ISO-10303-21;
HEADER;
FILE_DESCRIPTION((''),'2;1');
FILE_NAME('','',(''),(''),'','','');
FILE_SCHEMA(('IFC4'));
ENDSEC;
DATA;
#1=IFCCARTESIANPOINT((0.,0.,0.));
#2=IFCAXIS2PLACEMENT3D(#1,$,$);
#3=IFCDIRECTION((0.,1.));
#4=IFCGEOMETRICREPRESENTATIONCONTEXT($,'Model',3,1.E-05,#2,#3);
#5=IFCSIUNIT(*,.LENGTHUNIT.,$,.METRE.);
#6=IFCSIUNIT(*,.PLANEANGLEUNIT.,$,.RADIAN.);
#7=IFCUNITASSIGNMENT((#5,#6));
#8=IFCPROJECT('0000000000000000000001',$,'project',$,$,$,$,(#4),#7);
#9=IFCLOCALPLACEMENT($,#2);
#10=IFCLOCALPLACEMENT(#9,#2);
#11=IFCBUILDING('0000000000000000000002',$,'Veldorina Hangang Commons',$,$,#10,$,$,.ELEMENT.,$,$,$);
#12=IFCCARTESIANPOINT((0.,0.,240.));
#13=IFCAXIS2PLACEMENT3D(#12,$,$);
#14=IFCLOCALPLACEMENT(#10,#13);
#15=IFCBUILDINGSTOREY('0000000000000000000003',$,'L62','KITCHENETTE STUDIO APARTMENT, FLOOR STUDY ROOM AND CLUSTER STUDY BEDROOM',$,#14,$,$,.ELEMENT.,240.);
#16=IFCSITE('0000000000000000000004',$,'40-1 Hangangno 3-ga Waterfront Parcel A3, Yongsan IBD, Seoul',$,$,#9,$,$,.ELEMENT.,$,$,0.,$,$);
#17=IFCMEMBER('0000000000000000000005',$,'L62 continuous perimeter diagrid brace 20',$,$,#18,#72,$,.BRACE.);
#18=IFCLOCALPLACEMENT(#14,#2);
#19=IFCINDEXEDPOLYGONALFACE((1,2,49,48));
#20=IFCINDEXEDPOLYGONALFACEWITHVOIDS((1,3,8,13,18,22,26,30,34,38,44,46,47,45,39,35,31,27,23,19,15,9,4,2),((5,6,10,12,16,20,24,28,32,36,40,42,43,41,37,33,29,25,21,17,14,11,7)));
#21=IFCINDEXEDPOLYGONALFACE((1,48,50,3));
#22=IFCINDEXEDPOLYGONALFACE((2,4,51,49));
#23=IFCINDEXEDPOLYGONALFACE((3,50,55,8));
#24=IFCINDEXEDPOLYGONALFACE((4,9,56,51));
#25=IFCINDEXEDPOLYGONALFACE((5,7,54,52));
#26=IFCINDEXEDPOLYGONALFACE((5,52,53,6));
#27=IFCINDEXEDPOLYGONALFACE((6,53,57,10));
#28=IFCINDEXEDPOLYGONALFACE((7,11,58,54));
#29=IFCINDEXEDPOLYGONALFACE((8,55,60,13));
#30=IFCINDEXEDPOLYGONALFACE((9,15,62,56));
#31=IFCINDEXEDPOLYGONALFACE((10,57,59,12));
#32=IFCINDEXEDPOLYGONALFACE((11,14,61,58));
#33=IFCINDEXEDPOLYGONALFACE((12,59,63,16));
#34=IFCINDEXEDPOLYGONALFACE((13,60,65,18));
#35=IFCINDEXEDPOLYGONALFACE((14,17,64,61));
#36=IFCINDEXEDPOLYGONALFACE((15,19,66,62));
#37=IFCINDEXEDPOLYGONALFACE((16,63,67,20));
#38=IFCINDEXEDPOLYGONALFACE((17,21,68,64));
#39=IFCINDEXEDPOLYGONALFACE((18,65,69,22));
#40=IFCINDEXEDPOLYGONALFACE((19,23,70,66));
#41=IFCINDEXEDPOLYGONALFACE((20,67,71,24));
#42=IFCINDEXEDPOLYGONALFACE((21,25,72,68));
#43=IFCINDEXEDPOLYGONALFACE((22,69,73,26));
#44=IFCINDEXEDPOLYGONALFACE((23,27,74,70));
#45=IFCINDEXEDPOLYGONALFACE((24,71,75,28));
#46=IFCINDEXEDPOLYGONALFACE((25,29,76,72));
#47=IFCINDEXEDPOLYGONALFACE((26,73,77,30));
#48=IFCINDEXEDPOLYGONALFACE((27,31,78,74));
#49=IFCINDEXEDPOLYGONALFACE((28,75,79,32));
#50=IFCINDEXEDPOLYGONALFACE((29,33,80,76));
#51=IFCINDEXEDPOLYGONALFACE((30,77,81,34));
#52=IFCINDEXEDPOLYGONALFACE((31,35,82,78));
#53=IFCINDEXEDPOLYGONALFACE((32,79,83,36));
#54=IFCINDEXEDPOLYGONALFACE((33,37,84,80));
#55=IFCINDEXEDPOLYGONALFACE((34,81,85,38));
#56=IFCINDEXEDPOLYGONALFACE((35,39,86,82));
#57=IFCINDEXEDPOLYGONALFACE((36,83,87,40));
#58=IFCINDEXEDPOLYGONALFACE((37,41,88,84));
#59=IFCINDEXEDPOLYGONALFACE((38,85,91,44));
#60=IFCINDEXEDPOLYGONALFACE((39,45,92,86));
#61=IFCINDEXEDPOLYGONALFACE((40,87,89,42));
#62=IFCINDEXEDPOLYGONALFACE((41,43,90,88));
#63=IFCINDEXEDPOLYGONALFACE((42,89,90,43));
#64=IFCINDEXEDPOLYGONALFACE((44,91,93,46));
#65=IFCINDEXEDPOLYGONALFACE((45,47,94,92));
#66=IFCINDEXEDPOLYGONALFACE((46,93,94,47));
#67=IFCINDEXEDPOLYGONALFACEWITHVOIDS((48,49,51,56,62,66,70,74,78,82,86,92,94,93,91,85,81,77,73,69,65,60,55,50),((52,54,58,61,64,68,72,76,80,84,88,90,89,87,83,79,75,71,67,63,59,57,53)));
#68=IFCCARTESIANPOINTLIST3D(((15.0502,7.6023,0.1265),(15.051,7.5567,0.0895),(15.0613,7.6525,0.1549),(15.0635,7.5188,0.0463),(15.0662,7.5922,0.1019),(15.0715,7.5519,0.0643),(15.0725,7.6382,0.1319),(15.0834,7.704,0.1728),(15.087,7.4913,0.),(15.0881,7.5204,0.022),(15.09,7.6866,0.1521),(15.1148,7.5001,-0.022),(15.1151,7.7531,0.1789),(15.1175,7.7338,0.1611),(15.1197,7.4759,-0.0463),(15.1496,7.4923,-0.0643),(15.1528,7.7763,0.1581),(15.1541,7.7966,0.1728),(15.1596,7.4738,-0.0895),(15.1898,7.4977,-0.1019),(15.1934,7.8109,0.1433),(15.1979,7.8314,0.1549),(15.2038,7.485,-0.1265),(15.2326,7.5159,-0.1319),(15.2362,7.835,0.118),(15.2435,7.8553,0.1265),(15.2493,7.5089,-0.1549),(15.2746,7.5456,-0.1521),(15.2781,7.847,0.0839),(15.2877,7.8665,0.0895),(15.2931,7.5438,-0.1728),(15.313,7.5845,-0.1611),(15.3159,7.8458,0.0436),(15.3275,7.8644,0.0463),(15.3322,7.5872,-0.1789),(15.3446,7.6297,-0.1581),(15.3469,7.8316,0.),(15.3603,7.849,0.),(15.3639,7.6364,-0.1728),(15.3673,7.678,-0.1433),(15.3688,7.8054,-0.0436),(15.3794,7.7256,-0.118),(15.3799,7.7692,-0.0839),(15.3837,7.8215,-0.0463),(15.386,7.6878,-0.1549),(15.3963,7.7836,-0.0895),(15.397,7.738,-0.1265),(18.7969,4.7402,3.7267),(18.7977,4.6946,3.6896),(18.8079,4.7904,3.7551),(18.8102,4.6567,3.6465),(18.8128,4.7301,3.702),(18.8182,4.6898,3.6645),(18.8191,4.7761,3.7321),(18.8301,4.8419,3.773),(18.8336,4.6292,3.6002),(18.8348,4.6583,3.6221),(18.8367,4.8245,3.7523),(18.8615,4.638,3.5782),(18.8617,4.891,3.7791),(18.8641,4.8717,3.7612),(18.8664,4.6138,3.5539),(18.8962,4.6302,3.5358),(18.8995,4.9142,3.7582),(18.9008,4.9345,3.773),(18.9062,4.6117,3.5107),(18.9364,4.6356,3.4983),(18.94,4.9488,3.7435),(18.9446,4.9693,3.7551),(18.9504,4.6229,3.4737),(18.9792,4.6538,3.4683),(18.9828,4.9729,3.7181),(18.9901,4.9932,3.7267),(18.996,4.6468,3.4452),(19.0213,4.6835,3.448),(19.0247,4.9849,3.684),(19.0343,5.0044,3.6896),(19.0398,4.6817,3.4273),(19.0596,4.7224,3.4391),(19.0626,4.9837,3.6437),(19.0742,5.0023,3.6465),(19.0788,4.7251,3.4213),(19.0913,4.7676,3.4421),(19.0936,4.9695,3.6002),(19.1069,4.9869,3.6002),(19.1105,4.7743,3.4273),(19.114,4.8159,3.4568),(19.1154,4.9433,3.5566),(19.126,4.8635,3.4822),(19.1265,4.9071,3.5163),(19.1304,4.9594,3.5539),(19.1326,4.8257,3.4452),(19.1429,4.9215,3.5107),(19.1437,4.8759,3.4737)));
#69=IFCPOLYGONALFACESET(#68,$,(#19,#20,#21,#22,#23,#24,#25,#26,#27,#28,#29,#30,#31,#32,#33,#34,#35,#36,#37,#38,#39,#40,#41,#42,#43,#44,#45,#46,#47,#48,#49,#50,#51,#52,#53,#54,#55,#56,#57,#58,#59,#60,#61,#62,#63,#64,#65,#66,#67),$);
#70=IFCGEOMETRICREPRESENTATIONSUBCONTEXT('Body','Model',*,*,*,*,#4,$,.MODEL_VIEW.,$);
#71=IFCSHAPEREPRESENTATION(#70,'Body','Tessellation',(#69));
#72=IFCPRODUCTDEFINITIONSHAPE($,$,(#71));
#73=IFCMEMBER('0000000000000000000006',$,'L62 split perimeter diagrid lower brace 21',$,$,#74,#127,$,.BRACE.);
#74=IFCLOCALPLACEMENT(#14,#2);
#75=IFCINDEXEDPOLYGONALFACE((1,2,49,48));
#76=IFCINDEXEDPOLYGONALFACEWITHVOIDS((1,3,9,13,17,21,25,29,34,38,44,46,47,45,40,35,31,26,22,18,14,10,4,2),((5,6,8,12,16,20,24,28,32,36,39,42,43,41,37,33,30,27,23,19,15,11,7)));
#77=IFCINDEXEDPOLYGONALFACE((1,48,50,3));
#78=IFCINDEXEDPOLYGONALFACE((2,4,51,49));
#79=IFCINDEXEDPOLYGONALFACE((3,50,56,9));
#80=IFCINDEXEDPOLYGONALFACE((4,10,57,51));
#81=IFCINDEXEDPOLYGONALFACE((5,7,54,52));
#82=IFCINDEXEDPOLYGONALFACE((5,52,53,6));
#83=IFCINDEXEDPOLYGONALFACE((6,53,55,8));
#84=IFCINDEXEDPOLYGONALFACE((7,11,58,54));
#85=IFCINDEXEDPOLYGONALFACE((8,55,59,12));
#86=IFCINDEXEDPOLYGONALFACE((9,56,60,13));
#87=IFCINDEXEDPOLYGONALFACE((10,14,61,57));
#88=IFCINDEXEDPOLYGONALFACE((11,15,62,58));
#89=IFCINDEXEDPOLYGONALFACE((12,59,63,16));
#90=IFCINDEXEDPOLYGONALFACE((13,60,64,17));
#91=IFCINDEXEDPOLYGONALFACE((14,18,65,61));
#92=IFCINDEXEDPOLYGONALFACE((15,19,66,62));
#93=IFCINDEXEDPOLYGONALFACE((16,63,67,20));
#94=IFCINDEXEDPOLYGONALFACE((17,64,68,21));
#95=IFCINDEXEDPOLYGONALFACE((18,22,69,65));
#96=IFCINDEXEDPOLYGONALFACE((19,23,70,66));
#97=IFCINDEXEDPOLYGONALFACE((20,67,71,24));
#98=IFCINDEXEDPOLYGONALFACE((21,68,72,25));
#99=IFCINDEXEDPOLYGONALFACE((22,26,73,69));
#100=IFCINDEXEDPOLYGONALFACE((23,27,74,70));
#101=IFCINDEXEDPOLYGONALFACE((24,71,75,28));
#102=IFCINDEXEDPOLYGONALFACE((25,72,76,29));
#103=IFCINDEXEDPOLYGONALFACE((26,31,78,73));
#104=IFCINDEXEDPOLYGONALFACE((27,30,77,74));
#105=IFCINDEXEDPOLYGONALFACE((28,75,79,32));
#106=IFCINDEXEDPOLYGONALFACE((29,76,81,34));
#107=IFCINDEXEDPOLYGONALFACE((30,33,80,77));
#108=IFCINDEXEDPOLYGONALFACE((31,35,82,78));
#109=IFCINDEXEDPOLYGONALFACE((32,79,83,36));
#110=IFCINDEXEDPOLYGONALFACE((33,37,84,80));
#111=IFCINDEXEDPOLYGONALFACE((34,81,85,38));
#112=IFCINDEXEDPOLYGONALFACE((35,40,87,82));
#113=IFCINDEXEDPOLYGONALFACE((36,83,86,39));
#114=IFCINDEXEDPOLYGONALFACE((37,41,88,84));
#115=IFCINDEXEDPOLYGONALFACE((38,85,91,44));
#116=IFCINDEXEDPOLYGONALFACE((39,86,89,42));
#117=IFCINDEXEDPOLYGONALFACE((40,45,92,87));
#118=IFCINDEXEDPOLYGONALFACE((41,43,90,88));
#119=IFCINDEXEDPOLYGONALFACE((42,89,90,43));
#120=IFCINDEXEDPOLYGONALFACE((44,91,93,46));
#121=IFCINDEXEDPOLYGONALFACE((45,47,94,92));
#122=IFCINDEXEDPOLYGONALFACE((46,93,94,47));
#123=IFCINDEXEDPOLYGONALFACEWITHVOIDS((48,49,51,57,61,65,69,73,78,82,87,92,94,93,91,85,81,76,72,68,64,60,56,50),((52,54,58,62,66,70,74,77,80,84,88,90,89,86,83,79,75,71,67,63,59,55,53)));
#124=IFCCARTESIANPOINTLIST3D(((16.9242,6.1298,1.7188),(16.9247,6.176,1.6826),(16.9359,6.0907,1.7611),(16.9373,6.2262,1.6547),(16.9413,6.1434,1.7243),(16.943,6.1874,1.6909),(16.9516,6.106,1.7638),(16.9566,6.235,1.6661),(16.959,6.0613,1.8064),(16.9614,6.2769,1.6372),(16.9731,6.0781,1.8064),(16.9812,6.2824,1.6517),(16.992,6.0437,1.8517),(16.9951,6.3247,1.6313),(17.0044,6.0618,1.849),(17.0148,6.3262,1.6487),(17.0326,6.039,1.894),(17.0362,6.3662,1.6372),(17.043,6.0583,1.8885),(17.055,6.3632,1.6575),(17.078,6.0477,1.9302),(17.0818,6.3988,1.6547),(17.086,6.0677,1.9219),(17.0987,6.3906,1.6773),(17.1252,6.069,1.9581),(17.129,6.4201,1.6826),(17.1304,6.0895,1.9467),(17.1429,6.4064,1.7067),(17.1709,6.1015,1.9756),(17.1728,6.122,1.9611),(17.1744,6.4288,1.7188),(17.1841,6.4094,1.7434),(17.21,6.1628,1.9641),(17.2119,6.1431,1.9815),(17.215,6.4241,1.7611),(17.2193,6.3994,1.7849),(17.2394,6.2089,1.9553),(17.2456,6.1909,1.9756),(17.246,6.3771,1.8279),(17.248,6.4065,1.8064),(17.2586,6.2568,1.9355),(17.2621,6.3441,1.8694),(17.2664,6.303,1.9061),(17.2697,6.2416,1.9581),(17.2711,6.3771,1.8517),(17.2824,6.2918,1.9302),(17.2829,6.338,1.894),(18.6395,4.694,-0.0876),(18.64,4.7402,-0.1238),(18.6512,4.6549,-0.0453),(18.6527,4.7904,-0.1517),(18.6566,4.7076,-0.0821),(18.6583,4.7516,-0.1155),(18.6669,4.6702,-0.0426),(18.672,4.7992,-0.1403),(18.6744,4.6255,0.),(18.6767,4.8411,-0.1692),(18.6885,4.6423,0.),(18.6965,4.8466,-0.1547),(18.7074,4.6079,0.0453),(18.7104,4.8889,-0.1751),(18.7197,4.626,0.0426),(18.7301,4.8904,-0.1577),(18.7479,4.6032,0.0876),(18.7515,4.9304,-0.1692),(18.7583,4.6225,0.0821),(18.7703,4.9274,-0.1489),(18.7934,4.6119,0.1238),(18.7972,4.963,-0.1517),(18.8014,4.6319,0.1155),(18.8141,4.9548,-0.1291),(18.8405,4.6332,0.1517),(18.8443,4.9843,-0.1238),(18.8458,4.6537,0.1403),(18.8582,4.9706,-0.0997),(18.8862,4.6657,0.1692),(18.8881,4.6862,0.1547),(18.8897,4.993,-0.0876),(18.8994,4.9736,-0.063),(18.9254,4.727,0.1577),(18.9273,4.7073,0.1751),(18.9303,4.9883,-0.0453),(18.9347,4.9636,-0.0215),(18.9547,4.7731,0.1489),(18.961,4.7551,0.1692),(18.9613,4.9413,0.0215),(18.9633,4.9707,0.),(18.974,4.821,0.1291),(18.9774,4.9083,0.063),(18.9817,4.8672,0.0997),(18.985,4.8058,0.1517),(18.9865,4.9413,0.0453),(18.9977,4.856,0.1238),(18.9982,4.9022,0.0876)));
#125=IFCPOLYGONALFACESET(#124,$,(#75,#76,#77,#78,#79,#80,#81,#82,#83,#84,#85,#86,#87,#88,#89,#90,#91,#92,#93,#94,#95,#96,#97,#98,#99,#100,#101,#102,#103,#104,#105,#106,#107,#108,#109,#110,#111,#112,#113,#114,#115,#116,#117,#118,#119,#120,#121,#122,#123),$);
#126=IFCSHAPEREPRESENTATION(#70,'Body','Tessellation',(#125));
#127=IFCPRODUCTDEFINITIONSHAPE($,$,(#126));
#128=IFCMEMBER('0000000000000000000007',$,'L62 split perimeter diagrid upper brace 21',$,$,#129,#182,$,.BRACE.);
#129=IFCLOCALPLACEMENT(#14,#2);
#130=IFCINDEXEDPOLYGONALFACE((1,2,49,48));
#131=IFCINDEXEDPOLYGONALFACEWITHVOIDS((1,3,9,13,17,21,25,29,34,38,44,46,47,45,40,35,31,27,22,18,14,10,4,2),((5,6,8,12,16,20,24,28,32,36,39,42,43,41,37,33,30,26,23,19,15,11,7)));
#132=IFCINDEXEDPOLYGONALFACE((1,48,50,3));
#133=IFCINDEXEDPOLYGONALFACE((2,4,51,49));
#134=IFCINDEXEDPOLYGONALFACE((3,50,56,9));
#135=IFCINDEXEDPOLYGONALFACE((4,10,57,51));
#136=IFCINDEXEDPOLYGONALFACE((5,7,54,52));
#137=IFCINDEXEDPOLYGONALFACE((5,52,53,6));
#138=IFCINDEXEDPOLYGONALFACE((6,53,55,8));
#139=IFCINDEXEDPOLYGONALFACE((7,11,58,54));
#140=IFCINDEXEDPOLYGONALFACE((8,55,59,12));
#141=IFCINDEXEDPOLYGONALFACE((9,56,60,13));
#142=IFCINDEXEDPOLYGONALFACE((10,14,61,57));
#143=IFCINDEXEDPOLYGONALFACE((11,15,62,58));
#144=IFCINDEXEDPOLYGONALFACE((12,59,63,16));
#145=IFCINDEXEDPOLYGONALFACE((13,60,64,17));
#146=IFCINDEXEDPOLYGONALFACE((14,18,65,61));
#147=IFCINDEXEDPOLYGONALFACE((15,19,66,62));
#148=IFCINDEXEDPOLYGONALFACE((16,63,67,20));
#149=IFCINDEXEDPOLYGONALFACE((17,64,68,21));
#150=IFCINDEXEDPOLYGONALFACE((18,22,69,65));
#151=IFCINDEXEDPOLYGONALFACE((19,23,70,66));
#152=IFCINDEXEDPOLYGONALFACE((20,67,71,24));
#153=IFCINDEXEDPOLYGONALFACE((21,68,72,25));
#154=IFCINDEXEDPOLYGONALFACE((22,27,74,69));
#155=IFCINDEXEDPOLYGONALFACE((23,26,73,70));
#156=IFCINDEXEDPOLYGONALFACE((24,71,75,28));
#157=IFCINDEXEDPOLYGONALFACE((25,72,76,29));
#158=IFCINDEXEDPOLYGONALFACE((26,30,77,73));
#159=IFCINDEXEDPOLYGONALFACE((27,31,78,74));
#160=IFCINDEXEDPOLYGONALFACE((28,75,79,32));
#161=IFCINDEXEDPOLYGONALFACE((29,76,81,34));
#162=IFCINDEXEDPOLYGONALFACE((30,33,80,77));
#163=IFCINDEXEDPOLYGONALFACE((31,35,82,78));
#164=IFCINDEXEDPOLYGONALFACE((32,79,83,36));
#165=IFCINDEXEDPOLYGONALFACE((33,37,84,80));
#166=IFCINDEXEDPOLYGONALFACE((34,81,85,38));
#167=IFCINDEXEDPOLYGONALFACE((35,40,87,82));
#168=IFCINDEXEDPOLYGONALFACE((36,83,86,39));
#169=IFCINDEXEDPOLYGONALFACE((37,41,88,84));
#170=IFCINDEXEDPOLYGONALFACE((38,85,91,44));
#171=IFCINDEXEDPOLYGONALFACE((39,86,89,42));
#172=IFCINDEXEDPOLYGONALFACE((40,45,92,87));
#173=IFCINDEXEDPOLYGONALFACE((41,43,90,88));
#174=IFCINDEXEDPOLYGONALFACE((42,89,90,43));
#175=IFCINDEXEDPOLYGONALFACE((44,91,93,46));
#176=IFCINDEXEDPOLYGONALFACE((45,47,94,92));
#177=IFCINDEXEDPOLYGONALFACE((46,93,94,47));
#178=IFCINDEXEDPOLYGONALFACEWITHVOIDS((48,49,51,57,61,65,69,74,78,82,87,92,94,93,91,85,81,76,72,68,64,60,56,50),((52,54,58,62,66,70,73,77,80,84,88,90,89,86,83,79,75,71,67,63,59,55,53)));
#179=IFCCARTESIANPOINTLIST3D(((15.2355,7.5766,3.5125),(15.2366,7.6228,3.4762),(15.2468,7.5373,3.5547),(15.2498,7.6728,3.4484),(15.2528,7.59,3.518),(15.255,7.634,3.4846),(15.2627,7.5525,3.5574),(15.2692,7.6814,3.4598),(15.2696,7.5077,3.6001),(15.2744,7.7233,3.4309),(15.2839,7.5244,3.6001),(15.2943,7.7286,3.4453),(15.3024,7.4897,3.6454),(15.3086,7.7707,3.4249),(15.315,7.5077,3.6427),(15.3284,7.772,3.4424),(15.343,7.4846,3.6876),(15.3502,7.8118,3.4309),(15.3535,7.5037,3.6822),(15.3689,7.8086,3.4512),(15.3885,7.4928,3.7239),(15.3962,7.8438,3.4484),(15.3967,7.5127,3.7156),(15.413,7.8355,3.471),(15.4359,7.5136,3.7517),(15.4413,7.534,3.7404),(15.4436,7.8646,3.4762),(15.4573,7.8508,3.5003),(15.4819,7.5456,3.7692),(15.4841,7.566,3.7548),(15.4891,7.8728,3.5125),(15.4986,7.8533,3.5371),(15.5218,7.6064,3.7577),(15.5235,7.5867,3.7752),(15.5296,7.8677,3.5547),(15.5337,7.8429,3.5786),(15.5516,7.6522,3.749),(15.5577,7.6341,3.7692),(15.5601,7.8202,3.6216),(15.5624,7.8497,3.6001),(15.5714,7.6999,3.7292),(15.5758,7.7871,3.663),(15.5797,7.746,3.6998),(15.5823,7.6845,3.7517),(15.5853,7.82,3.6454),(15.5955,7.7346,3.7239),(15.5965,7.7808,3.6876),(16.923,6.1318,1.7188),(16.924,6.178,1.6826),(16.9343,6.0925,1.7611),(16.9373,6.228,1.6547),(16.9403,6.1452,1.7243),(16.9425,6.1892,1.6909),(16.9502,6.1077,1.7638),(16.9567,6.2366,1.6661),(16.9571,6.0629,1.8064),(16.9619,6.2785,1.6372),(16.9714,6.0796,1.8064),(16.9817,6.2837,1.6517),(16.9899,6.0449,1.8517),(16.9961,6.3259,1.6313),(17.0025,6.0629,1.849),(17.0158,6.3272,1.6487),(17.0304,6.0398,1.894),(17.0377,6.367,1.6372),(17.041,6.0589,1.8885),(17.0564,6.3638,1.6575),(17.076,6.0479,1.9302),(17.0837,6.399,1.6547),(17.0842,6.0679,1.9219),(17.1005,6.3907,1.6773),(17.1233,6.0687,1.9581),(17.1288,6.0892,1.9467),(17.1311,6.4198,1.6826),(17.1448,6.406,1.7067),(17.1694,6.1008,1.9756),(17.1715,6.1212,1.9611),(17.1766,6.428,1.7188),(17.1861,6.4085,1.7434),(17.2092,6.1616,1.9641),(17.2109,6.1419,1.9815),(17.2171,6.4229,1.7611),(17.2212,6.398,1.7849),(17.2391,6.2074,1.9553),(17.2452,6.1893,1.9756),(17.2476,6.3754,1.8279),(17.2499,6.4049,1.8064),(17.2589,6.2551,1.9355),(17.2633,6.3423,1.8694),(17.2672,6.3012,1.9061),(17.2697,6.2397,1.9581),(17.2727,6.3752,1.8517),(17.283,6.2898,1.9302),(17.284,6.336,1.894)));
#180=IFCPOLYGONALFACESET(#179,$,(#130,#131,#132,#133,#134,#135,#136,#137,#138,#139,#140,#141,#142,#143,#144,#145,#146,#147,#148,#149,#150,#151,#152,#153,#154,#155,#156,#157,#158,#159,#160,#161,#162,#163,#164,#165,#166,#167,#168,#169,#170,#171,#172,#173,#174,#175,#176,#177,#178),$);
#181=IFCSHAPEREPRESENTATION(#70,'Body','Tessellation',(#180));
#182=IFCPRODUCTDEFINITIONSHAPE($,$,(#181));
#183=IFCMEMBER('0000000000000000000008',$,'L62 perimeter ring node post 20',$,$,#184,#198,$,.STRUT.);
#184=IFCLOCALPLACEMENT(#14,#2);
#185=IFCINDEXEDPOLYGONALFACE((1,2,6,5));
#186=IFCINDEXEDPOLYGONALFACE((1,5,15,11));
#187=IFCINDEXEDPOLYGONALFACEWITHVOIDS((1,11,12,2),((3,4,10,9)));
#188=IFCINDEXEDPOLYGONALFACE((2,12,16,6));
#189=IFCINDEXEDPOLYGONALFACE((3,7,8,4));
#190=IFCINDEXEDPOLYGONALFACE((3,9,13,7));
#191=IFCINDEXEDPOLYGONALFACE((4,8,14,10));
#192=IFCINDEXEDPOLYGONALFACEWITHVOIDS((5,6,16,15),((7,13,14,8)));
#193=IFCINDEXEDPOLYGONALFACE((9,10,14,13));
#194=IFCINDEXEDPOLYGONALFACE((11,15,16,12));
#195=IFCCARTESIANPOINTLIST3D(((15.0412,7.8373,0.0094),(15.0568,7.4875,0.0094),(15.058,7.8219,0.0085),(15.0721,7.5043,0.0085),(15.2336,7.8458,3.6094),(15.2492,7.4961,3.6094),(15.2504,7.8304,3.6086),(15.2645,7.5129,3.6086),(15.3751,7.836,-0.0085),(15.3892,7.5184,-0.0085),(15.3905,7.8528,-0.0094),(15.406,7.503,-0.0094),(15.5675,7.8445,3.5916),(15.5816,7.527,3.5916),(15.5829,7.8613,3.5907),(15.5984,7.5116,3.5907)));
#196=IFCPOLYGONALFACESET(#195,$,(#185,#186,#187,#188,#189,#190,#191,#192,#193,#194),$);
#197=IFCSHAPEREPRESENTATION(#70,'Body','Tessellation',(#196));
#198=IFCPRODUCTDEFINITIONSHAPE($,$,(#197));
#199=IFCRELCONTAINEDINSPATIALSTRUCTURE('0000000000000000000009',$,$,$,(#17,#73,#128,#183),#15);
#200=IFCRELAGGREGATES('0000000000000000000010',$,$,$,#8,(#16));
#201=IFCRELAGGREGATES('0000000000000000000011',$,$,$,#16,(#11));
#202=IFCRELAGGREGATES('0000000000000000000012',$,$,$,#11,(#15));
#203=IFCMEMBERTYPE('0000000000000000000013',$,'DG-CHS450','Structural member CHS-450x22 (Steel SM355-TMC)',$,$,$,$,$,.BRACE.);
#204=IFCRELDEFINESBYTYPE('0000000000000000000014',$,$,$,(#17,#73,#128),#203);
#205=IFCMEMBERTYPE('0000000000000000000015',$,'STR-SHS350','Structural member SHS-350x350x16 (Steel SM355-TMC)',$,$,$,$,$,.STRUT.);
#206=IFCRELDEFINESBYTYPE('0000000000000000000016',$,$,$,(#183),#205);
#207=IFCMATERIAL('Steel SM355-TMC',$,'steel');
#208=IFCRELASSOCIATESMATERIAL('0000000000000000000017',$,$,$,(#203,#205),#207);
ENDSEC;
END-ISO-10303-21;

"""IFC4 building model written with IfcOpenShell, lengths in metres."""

from ifc_helpers import new_model, si_unit, direction, frame, origin, origin_2d, place, context, subcontext, project, spatial, hollow_rectangle, hollow_circle, extrude, material, material_profile, profile_set, type_object, element, save


model = new_model("IFC4")

# Units and contexts
model_context = context("Model", 3, precision=1e-05, world=origin(), true_north=direction((0.0, 1.0)))
body_context = subcontext(model_context, "Body", "Model", "MODEL_VIEW")
ifc_project = project(units=[si_unit("LENGTHUNIT", "METRE"), si_unit("PLANEANGLEUNIT", "RADIAN")], contexts=[model_context])

# Site, building, storey
site_placement = place(None, origin())
site = spatial("IfcSite", under=ifc_project, at=site_placement, Name="40-1 Hangangno 3-ga Waterfront Parcel A3, Yongsan IBD, Seoul", CompositionType="ELEMENT", RefElevation=0.0)
building_placement = place(site_placement, origin())
building = spatial("IfcBuilding", under=site, at=building_placement, Name="Veldorina Hangang Commons", CompositionType="ELEMENT")
storey_placement = place(building_placement, frame((0.0, 0.0, 240.0)))
storey = spatial("IfcBuildingStorey", under=building, at=storey_placement, Name="L62", Description="KITCHENETTE STUDIO APARTMENT, FLOOR STUDY ROOM AND CLUSTER STUDY BEDROOM", CompositionType="ELEMENT", Elevation=240.0)

# Shared definitions
ifc_material_1 = material(Name="Steel SM355-TMC", Category="steel")

# Members
ifc_material_profile_1 = material_profile(ifc_material_1, hollow_circle(Radius=0.2251, WallThickness=0.022, at=origin_2d()), Name="CHS-450x22")
ifc_profile_set_1 = profile_set([ifc_material_profile_1], Name="Steel SM355-TMC")
member_type_1 = type_object("IfcMemberType", Name="DG-CHS450", Description="Structural member CHS-450x22 (Steel SM355-TMC)", PredefinedType="BRACE", material=ifc_profile_set_1)
member_1_placement = place(storey_placement, frame((15.2236, 7.6702, 0.0), z_axis=(0.631585, -0.482476, 0.606891), x_axis=(0.607052, 0.794662, 0.0)))
element("IfcMember", 1, at=member_1_placement, inside=storey, type_object=member_type_1, Name="L62 continuous perimeter diagrid brace 20", PredefinedType="BRACE", context=body_context, shape_type="SweptSolid", body=[
    extrude(hollow_circle(Radius=0.2251, WallThickness=0.022, at=origin_2d()), origin(), (0.0, 0.0, 1.0), 5.9321),
])
member_2_placement = place(storey_placement, frame((18.8188, 4.7981, 0.0), z_axis=(-0.59659, 0.499366, 0.628262), x_axis=(-0.641858, -0.766824, 0.0)))
element("IfcMember", 2, at=member_2_placement, inside=storey, type_object=member_type_1, Name="L62 split perimeter diagrid lower brace 21", PredefinedType="BRACE", context=body_context, shape_type="SweptSolid", body=[
    extrude(hollow_circle(Radius=0.2251, WallThickness=0.022, at=origin_2d()), origin(), (0.0, 0.0, 1.0), 2.8752),
])
member_3_placement = place(storey_placement, frame((17.1035, 6.2339, 1.8064), z_axis=(-0.591013, 0.506021, 0.628208), x_axis=(-0.650375, -0.759613, 0.0)))
element("IfcMember", 3, at=member_3_placement, inside=storey, type_object=member_type_1, Name="L62 split perimeter diagrid upper brace 21", PredefinedType="BRACE", context=body_context, shape_type="SweptSolid", body=[
    extrude(hollow_circle(Radius=0.2251, WallThickness=0.022, at=origin_2d()), origin(), (0.0, 0.0, 1.0), 2.8552),
])
ifc_material_profile_2 = material_profile(ifc_material_1, hollow_rectangle(XDim=0.3501, YDim=0.3501, WallThickness=0.0161, at=origin_2d()), Name="SHS-350x350x16")
ifc_profile_set_2 = profile_set([ifc_material_profile_2], Name="Steel SM355-TMC")
member_type_2 = type_object("IfcMemberType", Name="STR-SHS350", Description="Structural member SHS-350x350x16 (Steel SM355-TMC)", PredefinedType="STRUT", material=ifc_profile_set_2)
member_4_placement = place(storey_placement, frame((15.2236, 7.6702, 0.0), z_axis=(0.053362, 0.00237, 0.998572), x_axis=(-0.044372, 0.999015, 0.0)))
element("IfcMember", 4, at=member_4_placement, inside=storey, type_object=member_type_2, Name="L62 perimeter ring node post 20", PredefinedType="STRUT", context=body_context, shape_type="SweptSolid", body=[
    extrude(hollow_rectangle(XDim=0.3501, YDim=0.3501, WallThickness=0.0161, at=origin_2d()), origin(), (0.0, 0.0, 1.0), 3.6052),
])

save(model, "model.ifc")
